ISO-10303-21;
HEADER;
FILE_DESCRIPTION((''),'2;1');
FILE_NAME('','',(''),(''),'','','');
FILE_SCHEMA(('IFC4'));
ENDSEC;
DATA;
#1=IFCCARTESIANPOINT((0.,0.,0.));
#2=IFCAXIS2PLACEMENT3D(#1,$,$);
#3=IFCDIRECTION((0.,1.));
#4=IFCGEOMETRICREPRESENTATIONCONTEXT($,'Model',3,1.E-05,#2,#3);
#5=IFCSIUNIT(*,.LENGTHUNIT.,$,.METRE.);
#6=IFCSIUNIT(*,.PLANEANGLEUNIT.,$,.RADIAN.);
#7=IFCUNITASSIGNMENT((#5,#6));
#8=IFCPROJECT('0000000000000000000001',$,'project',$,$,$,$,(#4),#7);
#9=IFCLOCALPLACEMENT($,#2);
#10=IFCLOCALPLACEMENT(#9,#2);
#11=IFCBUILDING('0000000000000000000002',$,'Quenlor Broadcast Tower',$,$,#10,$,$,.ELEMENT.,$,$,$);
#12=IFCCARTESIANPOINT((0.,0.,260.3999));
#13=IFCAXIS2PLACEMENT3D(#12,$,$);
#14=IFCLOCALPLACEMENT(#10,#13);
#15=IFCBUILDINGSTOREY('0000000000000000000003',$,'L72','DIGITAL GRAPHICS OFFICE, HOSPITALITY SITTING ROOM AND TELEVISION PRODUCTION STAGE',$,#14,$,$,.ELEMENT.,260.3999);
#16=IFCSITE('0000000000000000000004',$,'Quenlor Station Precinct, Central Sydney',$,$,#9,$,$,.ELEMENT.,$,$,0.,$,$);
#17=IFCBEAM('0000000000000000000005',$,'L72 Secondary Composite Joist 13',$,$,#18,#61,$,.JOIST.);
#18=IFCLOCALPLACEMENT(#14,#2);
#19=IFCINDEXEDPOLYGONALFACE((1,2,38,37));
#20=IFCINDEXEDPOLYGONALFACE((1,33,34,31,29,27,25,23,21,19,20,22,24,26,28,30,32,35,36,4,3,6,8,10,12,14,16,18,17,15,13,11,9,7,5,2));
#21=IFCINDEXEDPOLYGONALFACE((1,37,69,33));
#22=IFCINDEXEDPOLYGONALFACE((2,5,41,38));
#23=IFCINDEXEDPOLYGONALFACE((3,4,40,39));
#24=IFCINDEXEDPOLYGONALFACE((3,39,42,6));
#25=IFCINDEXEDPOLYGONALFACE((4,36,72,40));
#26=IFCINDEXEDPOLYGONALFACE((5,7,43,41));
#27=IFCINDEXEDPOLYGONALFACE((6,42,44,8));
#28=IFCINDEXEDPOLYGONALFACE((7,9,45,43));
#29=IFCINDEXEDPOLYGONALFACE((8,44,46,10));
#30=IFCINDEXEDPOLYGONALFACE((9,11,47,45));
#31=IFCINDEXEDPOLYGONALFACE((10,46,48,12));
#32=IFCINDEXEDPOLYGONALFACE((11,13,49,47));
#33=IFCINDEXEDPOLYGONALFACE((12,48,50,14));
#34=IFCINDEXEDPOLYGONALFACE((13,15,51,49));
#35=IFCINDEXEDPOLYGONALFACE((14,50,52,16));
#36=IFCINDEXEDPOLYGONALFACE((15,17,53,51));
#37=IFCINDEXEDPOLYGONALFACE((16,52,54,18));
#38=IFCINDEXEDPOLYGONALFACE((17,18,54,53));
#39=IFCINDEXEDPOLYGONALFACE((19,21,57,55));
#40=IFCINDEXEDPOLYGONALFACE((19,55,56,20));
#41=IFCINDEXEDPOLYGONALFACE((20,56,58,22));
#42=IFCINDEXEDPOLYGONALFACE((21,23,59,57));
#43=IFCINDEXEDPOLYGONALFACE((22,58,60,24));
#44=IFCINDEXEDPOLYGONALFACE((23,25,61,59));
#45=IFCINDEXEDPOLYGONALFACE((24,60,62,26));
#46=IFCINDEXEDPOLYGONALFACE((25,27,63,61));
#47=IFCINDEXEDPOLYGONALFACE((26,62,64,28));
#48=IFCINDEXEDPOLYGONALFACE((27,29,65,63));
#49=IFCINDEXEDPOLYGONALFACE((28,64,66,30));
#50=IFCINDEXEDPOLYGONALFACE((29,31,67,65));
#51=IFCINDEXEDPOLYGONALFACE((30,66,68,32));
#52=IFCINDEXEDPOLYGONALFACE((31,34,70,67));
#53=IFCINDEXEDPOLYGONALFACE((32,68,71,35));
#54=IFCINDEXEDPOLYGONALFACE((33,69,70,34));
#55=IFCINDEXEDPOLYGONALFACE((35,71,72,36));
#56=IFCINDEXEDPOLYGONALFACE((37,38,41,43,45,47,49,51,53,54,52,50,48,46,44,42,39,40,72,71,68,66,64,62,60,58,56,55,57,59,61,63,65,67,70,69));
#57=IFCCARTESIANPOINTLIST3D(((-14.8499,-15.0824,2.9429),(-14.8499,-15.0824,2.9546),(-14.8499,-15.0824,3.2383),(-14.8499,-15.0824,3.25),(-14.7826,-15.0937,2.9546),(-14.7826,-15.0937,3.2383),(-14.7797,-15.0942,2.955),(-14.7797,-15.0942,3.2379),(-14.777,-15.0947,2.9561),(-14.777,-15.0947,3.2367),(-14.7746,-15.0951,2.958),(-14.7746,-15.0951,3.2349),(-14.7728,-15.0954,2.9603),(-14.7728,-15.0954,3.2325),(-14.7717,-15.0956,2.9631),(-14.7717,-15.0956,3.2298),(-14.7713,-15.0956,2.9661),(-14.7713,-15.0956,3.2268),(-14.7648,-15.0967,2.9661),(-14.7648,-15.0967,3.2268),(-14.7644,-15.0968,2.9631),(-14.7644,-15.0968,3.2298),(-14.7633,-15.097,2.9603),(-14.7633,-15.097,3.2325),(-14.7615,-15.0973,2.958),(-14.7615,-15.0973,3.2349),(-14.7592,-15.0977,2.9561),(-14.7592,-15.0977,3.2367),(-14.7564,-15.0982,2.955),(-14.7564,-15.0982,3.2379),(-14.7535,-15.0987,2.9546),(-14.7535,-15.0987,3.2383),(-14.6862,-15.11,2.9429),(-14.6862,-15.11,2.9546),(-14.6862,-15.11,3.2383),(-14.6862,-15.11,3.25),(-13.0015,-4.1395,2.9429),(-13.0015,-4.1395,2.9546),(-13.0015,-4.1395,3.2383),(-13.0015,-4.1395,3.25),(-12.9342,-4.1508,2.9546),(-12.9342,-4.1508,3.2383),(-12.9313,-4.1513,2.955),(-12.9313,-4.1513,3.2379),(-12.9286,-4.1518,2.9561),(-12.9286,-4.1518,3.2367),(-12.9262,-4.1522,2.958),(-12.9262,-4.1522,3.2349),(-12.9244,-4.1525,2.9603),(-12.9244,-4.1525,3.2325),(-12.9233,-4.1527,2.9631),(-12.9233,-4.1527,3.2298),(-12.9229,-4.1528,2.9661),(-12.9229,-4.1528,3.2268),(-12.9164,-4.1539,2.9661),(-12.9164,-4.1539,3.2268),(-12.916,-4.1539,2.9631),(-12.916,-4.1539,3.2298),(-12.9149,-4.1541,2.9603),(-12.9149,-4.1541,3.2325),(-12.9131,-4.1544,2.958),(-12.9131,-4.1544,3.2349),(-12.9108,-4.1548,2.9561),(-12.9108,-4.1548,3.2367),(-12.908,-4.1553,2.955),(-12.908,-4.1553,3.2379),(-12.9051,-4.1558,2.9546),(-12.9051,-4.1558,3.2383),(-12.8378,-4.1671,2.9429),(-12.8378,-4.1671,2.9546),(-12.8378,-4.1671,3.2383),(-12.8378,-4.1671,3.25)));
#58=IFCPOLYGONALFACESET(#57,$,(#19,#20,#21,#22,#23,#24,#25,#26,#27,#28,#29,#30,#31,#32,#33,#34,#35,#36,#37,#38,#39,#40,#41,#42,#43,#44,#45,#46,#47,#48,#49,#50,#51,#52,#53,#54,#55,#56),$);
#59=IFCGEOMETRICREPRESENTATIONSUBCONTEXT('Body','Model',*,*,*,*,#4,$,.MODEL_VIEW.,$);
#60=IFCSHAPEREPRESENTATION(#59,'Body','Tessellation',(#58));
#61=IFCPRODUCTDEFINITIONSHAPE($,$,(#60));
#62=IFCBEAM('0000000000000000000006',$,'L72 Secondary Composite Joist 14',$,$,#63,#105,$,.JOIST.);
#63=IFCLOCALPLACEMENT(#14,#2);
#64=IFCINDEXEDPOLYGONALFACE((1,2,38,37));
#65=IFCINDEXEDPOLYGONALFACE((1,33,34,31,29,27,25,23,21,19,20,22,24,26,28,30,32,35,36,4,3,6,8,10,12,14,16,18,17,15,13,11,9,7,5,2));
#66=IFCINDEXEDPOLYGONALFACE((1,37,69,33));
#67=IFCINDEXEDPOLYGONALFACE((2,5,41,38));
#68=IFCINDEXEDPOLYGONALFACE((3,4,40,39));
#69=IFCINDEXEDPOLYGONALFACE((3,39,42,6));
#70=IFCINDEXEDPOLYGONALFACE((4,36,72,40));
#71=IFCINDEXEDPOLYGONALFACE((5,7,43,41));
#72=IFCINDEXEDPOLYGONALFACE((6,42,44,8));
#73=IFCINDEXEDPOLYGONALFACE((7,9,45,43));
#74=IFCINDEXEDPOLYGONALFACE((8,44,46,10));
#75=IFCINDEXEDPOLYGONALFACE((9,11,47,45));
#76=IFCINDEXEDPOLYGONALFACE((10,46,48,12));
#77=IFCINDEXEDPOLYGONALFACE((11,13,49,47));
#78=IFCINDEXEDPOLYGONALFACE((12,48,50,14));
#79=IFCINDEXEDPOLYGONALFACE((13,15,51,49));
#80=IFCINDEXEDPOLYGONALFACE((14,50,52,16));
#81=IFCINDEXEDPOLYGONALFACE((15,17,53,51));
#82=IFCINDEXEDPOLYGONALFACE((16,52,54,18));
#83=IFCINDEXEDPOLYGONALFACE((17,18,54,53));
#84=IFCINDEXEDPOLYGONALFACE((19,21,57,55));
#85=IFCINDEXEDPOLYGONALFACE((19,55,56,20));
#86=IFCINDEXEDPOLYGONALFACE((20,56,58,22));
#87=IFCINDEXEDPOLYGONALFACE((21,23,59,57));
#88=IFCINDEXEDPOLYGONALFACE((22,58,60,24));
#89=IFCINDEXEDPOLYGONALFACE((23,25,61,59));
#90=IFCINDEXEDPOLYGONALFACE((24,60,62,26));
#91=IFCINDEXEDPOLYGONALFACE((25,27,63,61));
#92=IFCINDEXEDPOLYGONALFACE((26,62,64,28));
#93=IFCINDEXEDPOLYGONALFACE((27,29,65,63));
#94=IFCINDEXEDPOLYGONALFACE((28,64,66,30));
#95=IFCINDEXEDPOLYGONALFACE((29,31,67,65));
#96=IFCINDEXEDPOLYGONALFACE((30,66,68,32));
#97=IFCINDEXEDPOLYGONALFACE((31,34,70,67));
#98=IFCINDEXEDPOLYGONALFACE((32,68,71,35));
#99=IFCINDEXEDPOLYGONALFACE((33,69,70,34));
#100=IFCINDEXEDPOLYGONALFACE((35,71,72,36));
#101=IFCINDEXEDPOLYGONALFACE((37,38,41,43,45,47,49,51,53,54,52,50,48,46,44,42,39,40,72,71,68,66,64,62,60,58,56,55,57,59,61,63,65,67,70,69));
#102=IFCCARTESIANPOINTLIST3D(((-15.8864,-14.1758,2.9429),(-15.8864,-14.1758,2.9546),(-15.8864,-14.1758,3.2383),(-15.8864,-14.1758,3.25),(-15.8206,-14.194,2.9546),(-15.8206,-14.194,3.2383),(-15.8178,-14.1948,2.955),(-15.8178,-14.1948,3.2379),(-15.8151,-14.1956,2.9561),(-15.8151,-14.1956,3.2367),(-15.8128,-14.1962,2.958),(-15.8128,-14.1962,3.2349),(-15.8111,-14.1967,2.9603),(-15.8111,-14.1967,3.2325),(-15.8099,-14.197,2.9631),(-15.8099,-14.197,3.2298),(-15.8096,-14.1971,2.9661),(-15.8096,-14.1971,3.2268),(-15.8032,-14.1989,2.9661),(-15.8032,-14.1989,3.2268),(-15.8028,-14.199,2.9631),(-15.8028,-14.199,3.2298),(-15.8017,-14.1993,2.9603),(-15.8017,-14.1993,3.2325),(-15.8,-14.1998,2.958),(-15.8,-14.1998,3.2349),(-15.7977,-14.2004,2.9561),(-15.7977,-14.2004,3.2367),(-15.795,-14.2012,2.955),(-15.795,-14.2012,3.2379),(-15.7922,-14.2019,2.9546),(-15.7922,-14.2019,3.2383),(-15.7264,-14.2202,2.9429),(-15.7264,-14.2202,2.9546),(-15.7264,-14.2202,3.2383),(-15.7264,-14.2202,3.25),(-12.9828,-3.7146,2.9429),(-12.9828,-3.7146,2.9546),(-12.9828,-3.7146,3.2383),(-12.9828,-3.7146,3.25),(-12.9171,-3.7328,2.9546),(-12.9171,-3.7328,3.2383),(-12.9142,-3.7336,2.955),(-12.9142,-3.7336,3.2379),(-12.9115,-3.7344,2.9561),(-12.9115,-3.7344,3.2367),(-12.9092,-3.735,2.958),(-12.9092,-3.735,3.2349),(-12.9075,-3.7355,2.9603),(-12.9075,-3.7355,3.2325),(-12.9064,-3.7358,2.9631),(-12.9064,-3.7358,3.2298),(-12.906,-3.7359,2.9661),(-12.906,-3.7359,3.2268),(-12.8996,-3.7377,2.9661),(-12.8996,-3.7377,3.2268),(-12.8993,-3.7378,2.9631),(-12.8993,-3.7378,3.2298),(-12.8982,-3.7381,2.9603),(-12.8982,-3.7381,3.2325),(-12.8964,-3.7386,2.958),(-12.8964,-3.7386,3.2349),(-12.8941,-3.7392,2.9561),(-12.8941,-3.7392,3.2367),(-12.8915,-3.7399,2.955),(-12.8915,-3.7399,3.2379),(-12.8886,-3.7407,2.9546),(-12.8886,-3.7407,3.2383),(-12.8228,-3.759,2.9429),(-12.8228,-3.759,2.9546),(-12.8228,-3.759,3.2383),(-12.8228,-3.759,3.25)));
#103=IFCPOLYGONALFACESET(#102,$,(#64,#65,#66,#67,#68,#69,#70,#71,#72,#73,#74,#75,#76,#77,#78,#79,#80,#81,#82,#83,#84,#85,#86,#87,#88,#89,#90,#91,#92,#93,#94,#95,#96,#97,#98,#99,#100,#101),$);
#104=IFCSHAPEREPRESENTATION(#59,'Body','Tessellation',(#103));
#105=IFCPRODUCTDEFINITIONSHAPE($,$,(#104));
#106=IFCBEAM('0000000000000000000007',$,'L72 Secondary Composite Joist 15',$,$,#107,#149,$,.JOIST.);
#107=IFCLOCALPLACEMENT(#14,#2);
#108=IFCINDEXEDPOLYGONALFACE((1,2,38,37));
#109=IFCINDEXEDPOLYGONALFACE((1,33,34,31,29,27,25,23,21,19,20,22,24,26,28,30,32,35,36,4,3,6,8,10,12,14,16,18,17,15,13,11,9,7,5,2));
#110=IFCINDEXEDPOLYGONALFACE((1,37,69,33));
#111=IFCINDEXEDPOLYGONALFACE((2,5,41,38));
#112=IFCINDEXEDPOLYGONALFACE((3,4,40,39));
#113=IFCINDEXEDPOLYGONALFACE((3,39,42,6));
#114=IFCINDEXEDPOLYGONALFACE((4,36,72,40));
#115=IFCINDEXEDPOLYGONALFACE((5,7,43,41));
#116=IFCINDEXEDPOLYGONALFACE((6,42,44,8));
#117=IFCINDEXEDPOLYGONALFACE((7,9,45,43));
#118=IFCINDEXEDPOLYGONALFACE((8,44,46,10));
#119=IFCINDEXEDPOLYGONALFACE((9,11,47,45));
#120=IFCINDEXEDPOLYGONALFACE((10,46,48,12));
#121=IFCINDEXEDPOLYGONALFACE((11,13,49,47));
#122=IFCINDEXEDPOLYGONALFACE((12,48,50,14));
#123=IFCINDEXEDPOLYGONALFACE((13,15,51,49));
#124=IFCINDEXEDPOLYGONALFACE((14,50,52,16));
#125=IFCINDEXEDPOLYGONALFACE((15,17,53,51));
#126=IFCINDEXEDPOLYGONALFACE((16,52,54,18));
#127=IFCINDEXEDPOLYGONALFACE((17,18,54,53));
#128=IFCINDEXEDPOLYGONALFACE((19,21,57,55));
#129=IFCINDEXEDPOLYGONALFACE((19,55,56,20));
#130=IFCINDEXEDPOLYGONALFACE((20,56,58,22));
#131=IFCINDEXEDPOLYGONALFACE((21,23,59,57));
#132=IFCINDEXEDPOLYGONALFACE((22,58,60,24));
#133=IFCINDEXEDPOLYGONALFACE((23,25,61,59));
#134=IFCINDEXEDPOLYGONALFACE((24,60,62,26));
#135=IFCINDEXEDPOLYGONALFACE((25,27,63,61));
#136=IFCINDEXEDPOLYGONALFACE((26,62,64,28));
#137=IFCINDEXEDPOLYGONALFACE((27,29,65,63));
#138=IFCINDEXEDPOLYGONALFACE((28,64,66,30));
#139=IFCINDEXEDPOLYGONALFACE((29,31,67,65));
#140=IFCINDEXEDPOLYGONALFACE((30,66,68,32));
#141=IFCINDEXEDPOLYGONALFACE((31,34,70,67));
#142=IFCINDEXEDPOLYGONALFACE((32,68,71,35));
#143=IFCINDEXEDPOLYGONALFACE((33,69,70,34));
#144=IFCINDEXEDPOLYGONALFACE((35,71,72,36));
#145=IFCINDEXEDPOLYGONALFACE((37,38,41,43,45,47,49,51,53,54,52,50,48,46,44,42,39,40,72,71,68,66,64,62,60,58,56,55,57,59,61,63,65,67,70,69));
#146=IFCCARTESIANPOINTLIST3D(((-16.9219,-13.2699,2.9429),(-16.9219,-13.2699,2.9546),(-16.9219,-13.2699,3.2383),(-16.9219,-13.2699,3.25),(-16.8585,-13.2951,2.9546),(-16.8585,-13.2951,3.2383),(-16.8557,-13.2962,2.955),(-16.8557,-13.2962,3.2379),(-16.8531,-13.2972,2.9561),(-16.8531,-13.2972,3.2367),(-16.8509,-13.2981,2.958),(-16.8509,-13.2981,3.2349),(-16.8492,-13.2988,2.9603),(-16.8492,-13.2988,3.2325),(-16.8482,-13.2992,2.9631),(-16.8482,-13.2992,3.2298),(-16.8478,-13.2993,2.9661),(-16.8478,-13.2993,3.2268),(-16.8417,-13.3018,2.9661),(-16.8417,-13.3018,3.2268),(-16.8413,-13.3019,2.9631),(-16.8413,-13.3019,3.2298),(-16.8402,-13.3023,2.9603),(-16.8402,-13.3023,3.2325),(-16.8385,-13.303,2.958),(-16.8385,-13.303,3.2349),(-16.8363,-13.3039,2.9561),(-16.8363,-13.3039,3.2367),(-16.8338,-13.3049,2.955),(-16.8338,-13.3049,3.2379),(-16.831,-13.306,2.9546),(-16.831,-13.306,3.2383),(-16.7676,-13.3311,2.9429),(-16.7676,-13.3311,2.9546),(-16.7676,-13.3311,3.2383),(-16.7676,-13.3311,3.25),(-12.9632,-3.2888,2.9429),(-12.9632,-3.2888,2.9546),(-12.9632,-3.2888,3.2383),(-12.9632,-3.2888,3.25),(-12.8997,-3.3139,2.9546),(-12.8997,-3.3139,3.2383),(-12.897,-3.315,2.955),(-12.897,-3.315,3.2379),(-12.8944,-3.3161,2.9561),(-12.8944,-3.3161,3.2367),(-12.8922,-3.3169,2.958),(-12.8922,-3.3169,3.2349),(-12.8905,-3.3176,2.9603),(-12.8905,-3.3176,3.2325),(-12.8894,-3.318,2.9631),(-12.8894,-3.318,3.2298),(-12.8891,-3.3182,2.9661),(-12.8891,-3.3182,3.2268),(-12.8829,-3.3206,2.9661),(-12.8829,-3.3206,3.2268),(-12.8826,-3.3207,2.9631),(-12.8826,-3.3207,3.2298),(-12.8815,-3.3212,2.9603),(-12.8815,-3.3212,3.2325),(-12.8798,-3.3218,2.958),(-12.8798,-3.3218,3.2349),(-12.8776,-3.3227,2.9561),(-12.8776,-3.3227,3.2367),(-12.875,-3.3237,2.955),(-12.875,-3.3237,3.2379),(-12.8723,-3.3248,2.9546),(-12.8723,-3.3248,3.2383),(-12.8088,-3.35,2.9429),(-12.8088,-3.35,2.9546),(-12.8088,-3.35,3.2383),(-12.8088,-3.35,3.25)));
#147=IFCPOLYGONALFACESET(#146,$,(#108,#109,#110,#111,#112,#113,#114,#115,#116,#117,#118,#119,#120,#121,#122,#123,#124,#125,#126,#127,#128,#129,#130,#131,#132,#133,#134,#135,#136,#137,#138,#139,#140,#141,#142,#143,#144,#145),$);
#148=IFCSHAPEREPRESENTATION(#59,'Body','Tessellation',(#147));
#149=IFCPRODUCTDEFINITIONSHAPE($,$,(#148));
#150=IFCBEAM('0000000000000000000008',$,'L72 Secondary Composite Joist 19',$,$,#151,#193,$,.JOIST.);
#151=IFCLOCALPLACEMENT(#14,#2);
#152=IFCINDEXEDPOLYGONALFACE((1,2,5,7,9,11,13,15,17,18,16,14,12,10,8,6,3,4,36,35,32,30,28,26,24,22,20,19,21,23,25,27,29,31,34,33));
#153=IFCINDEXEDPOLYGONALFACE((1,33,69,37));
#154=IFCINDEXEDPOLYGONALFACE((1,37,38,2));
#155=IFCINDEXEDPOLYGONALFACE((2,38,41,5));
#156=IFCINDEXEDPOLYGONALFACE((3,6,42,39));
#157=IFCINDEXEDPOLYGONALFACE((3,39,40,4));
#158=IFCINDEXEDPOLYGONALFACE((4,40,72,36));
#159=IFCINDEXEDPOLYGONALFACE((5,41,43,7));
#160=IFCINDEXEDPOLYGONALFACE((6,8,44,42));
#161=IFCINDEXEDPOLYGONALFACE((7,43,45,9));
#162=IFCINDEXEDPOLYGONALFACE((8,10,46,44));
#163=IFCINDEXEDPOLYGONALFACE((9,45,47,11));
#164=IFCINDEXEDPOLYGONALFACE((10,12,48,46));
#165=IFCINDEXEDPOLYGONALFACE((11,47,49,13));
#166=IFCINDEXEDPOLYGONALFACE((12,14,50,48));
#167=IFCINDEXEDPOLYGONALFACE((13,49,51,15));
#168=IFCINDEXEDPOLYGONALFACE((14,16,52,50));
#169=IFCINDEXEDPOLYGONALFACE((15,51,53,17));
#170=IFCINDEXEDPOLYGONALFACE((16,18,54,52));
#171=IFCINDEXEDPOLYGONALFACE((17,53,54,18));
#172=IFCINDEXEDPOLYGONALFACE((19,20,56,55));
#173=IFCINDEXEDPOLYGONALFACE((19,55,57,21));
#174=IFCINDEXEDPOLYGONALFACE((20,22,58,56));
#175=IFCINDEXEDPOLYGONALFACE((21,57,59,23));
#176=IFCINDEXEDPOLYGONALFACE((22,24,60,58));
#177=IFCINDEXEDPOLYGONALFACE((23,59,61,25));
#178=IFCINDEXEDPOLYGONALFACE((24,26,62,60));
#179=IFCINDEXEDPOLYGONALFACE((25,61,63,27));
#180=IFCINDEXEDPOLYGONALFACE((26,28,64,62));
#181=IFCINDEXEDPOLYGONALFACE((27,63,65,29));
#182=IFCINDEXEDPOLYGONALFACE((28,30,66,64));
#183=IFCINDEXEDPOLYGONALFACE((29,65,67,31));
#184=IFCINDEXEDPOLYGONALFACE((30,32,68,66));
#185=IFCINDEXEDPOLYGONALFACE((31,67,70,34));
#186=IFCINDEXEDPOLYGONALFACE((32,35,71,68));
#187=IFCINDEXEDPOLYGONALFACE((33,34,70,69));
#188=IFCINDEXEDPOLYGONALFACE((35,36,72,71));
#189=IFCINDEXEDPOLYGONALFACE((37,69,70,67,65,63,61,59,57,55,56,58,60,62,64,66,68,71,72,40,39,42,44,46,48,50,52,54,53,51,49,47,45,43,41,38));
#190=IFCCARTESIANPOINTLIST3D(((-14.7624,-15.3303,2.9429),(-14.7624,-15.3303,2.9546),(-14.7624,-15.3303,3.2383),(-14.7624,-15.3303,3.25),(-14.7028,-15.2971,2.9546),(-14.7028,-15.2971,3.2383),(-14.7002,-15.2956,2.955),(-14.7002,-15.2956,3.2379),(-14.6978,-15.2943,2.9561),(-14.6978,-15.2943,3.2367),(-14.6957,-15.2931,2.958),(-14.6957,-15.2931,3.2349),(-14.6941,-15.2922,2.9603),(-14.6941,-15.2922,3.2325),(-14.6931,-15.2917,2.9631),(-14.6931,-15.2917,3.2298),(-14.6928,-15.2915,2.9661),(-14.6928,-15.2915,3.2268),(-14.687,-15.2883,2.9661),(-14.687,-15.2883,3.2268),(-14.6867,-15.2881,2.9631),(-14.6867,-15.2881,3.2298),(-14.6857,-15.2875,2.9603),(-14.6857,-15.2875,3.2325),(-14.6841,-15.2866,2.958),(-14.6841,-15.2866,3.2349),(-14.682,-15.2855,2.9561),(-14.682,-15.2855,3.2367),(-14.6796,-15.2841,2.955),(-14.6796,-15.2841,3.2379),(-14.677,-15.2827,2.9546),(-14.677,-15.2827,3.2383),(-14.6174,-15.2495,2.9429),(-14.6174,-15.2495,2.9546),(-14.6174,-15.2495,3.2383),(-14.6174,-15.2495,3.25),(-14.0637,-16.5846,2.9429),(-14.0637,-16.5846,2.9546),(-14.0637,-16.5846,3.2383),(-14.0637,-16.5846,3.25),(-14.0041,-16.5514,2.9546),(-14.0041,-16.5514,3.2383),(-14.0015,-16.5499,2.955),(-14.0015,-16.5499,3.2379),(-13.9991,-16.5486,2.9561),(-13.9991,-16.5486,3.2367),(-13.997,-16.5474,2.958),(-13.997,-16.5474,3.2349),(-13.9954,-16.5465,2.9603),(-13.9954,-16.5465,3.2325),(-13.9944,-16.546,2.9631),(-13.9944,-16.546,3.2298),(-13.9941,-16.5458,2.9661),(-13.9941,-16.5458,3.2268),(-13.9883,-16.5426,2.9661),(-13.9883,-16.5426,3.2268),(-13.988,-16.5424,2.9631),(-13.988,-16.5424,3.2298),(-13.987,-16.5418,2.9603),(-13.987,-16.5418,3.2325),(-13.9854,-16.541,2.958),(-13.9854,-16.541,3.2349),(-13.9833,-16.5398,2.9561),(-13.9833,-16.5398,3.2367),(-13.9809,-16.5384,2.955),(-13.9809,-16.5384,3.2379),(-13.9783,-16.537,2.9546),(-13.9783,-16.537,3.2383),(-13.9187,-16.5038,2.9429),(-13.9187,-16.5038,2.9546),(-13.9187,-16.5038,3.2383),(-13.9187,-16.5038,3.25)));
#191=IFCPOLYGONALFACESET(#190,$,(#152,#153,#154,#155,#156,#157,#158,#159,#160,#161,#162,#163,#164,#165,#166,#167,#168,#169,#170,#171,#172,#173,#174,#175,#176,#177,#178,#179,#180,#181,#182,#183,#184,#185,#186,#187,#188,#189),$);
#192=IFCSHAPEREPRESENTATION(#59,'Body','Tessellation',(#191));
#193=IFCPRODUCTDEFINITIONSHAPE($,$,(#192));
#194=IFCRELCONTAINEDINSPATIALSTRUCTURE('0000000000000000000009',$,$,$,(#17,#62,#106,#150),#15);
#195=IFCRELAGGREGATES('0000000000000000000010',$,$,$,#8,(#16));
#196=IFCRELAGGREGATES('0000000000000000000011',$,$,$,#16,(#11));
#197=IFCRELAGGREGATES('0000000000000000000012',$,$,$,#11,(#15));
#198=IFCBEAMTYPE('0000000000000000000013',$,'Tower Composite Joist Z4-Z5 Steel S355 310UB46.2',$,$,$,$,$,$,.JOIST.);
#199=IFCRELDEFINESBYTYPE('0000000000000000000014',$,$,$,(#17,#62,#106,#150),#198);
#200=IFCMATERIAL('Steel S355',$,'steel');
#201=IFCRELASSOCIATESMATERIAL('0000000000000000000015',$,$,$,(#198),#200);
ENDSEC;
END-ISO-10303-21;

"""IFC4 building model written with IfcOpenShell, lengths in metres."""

from ifc_helpers import new_model, si_unit, direction, frame, origin, origin_2d, place, context, subcontext, project, spatial, i_section, extrude, material, material_profile, profile_set, type_object, element, save


model = new_model("IFC4")

# Units and contexts
model_context = context("Model", 3, precision=1e-05, world=origin(), true_north=direction((0.0, 1.0)))
body_context = subcontext(model_context, "Body", "Model", "MODEL_VIEW")
ifc_project = project(units=[si_unit("LENGTHUNIT", "METRE"), si_unit("PLANEANGLEUNIT", "RADIAN")], contexts=[model_context])

# Site, building, storey
site_placement = place(None, origin())
site = spatial("IfcSite", under=ifc_project, at=site_placement, Name="Quenlor Station Precinct, Central Sydney", CompositionType="ELEMENT", RefElevation=0.0)
building_placement = place(site_placement, origin())
building = spatial("IfcBuilding", under=site, at=building_placement, Name="Quenlor Broadcast Tower", CompositionType="ELEMENT")
storey_placement = place(building_placement, frame((0.0, 0.0, 260.3999)))
storey = spatial("IfcBuildingStorey", under=building, at=storey_placement, Name="L72", Description="DIGITAL GRAPHICS OFFICE, HOSPITALITY SITTING ROOM AND TELEVISION PRODUCTION STAGE", CompositionType="ELEMENT", Elevation=260.3999)

# Beams
ifc_material_1 = material(Name="Steel S355", Category="steel")
ifc_material_profile_1 = material_profile(ifc_material_1, i_section(OverallWidth=0.166, OverallDepth=0.3071, WebThickness=0.0066, FlangeThickness=0.0117, FilletRadius=0.0115, at=origin_2d()))
ifc_profile_set_1 = profile_set([ifc_material_profile_1], Name="Steel S355 310UB46.2")
beam_type_1 = type_object("IfcBeamType", Name="Tower Composite Joist Z4-Z5 Steel S355 310UB46.2", PredefinedType="JOIST", material=ifc_profile_set_1)
beam_1_placement = place(storey_placement, frame((-14.7681, -15.0962, 3.0964), z_axis=(0.166553, 0.986032, 0.0), x_axis=(-0.986032, 0.166553, 0.0)))
element("IfcBeam", 1, at=beam_1_placement, inside=storey, type_object=beam_type_1, Name="L72 Secondary Composite Joist 13", PredefinedType="JOIST", context=body_context, shape_type="SweptSolid", body=[
    extrude(i_section(OverallWidth=0.166, OverallDepth=0.3071, WebThickness=0.0066, FlangeThickness=0.0117, FilletRadius=0.0115, at=origin_2d()), origin(), (0.0, 0.0, 1.0), 11.0979),
])
beam_2_placement = place(storey_placement, frame((-15.8064, -14.198, 3.0964), z_axis=(0.267446, 0.963573, 0.0), x_axis=(-0.963573, 0.267446, 0.0)))
element("IfcBeam", 2, at=beam_2_placement, inside=storey, type_object=beam_type_1, Name="L72 Secondary Composite Joist 14", PredefinedType="JOIST", context=body_context, shape_type="SweptSolid", body=[
    extrude(i_section(OverallWidth=0.166, OverallDepth=0.3071, WebThickness=0.0066, FlangeThickness=0.0117, FilletRadius=0.0115, at=origin_2d()), origin(), (0.0, 0.0, 1.0), 10.8567),
])
beam_3_placement = place(storey_placement, frame((-16.8447, -13.3005, 3.0964), z_axis=(0.36868, 0.929556, 0.0), x_axis=(-0.929556, 0.36868, 0.0)))
element("IfcBeam", 3, at=beam_3_placement, inside=storey, type_object=beam_type_1, Name="L72 Secondary Composite Joist 15", PredefinedType="JOIST", context=body_context, shape_type="SweptSolid", body=[
    extrude(i_section(OverallWidth=0.166, OverallDepth=0.3071, WebThickness=0.0066, FlangeThickness=0.0117, FilletRadius=0.0115, at=origin_2d()), origin(), (0.0, 0.0, 1.0), 10.7375),
])
beam_4_placement = place(storey_placement, frame((-13.9912, -16.5442, 3.0964), z_axis=(-0.486624, 0.873611, 0.0), x_axis=(-0.873611, -0.486624, 0.0)))
element("IfcBeam", 4, at=beam_4_placement, inside=storey, type_object=beam_type_1, Name="L72 Secondary Composite Joist 19", PredefinedType="JOIST", context=body_context, shape_type="SweptSolid", body=[
    extrude(i_section(OverallWidth=0.166, OverallDepth=0.3071, WebThickness=0.0066, FlangeThickness=0.0117, FilletRadius=0.0115, at=origin_2d()), origin(), (0.0, 0.0, 1.0), 1.4358),
])

save(model, "model.ifc")
